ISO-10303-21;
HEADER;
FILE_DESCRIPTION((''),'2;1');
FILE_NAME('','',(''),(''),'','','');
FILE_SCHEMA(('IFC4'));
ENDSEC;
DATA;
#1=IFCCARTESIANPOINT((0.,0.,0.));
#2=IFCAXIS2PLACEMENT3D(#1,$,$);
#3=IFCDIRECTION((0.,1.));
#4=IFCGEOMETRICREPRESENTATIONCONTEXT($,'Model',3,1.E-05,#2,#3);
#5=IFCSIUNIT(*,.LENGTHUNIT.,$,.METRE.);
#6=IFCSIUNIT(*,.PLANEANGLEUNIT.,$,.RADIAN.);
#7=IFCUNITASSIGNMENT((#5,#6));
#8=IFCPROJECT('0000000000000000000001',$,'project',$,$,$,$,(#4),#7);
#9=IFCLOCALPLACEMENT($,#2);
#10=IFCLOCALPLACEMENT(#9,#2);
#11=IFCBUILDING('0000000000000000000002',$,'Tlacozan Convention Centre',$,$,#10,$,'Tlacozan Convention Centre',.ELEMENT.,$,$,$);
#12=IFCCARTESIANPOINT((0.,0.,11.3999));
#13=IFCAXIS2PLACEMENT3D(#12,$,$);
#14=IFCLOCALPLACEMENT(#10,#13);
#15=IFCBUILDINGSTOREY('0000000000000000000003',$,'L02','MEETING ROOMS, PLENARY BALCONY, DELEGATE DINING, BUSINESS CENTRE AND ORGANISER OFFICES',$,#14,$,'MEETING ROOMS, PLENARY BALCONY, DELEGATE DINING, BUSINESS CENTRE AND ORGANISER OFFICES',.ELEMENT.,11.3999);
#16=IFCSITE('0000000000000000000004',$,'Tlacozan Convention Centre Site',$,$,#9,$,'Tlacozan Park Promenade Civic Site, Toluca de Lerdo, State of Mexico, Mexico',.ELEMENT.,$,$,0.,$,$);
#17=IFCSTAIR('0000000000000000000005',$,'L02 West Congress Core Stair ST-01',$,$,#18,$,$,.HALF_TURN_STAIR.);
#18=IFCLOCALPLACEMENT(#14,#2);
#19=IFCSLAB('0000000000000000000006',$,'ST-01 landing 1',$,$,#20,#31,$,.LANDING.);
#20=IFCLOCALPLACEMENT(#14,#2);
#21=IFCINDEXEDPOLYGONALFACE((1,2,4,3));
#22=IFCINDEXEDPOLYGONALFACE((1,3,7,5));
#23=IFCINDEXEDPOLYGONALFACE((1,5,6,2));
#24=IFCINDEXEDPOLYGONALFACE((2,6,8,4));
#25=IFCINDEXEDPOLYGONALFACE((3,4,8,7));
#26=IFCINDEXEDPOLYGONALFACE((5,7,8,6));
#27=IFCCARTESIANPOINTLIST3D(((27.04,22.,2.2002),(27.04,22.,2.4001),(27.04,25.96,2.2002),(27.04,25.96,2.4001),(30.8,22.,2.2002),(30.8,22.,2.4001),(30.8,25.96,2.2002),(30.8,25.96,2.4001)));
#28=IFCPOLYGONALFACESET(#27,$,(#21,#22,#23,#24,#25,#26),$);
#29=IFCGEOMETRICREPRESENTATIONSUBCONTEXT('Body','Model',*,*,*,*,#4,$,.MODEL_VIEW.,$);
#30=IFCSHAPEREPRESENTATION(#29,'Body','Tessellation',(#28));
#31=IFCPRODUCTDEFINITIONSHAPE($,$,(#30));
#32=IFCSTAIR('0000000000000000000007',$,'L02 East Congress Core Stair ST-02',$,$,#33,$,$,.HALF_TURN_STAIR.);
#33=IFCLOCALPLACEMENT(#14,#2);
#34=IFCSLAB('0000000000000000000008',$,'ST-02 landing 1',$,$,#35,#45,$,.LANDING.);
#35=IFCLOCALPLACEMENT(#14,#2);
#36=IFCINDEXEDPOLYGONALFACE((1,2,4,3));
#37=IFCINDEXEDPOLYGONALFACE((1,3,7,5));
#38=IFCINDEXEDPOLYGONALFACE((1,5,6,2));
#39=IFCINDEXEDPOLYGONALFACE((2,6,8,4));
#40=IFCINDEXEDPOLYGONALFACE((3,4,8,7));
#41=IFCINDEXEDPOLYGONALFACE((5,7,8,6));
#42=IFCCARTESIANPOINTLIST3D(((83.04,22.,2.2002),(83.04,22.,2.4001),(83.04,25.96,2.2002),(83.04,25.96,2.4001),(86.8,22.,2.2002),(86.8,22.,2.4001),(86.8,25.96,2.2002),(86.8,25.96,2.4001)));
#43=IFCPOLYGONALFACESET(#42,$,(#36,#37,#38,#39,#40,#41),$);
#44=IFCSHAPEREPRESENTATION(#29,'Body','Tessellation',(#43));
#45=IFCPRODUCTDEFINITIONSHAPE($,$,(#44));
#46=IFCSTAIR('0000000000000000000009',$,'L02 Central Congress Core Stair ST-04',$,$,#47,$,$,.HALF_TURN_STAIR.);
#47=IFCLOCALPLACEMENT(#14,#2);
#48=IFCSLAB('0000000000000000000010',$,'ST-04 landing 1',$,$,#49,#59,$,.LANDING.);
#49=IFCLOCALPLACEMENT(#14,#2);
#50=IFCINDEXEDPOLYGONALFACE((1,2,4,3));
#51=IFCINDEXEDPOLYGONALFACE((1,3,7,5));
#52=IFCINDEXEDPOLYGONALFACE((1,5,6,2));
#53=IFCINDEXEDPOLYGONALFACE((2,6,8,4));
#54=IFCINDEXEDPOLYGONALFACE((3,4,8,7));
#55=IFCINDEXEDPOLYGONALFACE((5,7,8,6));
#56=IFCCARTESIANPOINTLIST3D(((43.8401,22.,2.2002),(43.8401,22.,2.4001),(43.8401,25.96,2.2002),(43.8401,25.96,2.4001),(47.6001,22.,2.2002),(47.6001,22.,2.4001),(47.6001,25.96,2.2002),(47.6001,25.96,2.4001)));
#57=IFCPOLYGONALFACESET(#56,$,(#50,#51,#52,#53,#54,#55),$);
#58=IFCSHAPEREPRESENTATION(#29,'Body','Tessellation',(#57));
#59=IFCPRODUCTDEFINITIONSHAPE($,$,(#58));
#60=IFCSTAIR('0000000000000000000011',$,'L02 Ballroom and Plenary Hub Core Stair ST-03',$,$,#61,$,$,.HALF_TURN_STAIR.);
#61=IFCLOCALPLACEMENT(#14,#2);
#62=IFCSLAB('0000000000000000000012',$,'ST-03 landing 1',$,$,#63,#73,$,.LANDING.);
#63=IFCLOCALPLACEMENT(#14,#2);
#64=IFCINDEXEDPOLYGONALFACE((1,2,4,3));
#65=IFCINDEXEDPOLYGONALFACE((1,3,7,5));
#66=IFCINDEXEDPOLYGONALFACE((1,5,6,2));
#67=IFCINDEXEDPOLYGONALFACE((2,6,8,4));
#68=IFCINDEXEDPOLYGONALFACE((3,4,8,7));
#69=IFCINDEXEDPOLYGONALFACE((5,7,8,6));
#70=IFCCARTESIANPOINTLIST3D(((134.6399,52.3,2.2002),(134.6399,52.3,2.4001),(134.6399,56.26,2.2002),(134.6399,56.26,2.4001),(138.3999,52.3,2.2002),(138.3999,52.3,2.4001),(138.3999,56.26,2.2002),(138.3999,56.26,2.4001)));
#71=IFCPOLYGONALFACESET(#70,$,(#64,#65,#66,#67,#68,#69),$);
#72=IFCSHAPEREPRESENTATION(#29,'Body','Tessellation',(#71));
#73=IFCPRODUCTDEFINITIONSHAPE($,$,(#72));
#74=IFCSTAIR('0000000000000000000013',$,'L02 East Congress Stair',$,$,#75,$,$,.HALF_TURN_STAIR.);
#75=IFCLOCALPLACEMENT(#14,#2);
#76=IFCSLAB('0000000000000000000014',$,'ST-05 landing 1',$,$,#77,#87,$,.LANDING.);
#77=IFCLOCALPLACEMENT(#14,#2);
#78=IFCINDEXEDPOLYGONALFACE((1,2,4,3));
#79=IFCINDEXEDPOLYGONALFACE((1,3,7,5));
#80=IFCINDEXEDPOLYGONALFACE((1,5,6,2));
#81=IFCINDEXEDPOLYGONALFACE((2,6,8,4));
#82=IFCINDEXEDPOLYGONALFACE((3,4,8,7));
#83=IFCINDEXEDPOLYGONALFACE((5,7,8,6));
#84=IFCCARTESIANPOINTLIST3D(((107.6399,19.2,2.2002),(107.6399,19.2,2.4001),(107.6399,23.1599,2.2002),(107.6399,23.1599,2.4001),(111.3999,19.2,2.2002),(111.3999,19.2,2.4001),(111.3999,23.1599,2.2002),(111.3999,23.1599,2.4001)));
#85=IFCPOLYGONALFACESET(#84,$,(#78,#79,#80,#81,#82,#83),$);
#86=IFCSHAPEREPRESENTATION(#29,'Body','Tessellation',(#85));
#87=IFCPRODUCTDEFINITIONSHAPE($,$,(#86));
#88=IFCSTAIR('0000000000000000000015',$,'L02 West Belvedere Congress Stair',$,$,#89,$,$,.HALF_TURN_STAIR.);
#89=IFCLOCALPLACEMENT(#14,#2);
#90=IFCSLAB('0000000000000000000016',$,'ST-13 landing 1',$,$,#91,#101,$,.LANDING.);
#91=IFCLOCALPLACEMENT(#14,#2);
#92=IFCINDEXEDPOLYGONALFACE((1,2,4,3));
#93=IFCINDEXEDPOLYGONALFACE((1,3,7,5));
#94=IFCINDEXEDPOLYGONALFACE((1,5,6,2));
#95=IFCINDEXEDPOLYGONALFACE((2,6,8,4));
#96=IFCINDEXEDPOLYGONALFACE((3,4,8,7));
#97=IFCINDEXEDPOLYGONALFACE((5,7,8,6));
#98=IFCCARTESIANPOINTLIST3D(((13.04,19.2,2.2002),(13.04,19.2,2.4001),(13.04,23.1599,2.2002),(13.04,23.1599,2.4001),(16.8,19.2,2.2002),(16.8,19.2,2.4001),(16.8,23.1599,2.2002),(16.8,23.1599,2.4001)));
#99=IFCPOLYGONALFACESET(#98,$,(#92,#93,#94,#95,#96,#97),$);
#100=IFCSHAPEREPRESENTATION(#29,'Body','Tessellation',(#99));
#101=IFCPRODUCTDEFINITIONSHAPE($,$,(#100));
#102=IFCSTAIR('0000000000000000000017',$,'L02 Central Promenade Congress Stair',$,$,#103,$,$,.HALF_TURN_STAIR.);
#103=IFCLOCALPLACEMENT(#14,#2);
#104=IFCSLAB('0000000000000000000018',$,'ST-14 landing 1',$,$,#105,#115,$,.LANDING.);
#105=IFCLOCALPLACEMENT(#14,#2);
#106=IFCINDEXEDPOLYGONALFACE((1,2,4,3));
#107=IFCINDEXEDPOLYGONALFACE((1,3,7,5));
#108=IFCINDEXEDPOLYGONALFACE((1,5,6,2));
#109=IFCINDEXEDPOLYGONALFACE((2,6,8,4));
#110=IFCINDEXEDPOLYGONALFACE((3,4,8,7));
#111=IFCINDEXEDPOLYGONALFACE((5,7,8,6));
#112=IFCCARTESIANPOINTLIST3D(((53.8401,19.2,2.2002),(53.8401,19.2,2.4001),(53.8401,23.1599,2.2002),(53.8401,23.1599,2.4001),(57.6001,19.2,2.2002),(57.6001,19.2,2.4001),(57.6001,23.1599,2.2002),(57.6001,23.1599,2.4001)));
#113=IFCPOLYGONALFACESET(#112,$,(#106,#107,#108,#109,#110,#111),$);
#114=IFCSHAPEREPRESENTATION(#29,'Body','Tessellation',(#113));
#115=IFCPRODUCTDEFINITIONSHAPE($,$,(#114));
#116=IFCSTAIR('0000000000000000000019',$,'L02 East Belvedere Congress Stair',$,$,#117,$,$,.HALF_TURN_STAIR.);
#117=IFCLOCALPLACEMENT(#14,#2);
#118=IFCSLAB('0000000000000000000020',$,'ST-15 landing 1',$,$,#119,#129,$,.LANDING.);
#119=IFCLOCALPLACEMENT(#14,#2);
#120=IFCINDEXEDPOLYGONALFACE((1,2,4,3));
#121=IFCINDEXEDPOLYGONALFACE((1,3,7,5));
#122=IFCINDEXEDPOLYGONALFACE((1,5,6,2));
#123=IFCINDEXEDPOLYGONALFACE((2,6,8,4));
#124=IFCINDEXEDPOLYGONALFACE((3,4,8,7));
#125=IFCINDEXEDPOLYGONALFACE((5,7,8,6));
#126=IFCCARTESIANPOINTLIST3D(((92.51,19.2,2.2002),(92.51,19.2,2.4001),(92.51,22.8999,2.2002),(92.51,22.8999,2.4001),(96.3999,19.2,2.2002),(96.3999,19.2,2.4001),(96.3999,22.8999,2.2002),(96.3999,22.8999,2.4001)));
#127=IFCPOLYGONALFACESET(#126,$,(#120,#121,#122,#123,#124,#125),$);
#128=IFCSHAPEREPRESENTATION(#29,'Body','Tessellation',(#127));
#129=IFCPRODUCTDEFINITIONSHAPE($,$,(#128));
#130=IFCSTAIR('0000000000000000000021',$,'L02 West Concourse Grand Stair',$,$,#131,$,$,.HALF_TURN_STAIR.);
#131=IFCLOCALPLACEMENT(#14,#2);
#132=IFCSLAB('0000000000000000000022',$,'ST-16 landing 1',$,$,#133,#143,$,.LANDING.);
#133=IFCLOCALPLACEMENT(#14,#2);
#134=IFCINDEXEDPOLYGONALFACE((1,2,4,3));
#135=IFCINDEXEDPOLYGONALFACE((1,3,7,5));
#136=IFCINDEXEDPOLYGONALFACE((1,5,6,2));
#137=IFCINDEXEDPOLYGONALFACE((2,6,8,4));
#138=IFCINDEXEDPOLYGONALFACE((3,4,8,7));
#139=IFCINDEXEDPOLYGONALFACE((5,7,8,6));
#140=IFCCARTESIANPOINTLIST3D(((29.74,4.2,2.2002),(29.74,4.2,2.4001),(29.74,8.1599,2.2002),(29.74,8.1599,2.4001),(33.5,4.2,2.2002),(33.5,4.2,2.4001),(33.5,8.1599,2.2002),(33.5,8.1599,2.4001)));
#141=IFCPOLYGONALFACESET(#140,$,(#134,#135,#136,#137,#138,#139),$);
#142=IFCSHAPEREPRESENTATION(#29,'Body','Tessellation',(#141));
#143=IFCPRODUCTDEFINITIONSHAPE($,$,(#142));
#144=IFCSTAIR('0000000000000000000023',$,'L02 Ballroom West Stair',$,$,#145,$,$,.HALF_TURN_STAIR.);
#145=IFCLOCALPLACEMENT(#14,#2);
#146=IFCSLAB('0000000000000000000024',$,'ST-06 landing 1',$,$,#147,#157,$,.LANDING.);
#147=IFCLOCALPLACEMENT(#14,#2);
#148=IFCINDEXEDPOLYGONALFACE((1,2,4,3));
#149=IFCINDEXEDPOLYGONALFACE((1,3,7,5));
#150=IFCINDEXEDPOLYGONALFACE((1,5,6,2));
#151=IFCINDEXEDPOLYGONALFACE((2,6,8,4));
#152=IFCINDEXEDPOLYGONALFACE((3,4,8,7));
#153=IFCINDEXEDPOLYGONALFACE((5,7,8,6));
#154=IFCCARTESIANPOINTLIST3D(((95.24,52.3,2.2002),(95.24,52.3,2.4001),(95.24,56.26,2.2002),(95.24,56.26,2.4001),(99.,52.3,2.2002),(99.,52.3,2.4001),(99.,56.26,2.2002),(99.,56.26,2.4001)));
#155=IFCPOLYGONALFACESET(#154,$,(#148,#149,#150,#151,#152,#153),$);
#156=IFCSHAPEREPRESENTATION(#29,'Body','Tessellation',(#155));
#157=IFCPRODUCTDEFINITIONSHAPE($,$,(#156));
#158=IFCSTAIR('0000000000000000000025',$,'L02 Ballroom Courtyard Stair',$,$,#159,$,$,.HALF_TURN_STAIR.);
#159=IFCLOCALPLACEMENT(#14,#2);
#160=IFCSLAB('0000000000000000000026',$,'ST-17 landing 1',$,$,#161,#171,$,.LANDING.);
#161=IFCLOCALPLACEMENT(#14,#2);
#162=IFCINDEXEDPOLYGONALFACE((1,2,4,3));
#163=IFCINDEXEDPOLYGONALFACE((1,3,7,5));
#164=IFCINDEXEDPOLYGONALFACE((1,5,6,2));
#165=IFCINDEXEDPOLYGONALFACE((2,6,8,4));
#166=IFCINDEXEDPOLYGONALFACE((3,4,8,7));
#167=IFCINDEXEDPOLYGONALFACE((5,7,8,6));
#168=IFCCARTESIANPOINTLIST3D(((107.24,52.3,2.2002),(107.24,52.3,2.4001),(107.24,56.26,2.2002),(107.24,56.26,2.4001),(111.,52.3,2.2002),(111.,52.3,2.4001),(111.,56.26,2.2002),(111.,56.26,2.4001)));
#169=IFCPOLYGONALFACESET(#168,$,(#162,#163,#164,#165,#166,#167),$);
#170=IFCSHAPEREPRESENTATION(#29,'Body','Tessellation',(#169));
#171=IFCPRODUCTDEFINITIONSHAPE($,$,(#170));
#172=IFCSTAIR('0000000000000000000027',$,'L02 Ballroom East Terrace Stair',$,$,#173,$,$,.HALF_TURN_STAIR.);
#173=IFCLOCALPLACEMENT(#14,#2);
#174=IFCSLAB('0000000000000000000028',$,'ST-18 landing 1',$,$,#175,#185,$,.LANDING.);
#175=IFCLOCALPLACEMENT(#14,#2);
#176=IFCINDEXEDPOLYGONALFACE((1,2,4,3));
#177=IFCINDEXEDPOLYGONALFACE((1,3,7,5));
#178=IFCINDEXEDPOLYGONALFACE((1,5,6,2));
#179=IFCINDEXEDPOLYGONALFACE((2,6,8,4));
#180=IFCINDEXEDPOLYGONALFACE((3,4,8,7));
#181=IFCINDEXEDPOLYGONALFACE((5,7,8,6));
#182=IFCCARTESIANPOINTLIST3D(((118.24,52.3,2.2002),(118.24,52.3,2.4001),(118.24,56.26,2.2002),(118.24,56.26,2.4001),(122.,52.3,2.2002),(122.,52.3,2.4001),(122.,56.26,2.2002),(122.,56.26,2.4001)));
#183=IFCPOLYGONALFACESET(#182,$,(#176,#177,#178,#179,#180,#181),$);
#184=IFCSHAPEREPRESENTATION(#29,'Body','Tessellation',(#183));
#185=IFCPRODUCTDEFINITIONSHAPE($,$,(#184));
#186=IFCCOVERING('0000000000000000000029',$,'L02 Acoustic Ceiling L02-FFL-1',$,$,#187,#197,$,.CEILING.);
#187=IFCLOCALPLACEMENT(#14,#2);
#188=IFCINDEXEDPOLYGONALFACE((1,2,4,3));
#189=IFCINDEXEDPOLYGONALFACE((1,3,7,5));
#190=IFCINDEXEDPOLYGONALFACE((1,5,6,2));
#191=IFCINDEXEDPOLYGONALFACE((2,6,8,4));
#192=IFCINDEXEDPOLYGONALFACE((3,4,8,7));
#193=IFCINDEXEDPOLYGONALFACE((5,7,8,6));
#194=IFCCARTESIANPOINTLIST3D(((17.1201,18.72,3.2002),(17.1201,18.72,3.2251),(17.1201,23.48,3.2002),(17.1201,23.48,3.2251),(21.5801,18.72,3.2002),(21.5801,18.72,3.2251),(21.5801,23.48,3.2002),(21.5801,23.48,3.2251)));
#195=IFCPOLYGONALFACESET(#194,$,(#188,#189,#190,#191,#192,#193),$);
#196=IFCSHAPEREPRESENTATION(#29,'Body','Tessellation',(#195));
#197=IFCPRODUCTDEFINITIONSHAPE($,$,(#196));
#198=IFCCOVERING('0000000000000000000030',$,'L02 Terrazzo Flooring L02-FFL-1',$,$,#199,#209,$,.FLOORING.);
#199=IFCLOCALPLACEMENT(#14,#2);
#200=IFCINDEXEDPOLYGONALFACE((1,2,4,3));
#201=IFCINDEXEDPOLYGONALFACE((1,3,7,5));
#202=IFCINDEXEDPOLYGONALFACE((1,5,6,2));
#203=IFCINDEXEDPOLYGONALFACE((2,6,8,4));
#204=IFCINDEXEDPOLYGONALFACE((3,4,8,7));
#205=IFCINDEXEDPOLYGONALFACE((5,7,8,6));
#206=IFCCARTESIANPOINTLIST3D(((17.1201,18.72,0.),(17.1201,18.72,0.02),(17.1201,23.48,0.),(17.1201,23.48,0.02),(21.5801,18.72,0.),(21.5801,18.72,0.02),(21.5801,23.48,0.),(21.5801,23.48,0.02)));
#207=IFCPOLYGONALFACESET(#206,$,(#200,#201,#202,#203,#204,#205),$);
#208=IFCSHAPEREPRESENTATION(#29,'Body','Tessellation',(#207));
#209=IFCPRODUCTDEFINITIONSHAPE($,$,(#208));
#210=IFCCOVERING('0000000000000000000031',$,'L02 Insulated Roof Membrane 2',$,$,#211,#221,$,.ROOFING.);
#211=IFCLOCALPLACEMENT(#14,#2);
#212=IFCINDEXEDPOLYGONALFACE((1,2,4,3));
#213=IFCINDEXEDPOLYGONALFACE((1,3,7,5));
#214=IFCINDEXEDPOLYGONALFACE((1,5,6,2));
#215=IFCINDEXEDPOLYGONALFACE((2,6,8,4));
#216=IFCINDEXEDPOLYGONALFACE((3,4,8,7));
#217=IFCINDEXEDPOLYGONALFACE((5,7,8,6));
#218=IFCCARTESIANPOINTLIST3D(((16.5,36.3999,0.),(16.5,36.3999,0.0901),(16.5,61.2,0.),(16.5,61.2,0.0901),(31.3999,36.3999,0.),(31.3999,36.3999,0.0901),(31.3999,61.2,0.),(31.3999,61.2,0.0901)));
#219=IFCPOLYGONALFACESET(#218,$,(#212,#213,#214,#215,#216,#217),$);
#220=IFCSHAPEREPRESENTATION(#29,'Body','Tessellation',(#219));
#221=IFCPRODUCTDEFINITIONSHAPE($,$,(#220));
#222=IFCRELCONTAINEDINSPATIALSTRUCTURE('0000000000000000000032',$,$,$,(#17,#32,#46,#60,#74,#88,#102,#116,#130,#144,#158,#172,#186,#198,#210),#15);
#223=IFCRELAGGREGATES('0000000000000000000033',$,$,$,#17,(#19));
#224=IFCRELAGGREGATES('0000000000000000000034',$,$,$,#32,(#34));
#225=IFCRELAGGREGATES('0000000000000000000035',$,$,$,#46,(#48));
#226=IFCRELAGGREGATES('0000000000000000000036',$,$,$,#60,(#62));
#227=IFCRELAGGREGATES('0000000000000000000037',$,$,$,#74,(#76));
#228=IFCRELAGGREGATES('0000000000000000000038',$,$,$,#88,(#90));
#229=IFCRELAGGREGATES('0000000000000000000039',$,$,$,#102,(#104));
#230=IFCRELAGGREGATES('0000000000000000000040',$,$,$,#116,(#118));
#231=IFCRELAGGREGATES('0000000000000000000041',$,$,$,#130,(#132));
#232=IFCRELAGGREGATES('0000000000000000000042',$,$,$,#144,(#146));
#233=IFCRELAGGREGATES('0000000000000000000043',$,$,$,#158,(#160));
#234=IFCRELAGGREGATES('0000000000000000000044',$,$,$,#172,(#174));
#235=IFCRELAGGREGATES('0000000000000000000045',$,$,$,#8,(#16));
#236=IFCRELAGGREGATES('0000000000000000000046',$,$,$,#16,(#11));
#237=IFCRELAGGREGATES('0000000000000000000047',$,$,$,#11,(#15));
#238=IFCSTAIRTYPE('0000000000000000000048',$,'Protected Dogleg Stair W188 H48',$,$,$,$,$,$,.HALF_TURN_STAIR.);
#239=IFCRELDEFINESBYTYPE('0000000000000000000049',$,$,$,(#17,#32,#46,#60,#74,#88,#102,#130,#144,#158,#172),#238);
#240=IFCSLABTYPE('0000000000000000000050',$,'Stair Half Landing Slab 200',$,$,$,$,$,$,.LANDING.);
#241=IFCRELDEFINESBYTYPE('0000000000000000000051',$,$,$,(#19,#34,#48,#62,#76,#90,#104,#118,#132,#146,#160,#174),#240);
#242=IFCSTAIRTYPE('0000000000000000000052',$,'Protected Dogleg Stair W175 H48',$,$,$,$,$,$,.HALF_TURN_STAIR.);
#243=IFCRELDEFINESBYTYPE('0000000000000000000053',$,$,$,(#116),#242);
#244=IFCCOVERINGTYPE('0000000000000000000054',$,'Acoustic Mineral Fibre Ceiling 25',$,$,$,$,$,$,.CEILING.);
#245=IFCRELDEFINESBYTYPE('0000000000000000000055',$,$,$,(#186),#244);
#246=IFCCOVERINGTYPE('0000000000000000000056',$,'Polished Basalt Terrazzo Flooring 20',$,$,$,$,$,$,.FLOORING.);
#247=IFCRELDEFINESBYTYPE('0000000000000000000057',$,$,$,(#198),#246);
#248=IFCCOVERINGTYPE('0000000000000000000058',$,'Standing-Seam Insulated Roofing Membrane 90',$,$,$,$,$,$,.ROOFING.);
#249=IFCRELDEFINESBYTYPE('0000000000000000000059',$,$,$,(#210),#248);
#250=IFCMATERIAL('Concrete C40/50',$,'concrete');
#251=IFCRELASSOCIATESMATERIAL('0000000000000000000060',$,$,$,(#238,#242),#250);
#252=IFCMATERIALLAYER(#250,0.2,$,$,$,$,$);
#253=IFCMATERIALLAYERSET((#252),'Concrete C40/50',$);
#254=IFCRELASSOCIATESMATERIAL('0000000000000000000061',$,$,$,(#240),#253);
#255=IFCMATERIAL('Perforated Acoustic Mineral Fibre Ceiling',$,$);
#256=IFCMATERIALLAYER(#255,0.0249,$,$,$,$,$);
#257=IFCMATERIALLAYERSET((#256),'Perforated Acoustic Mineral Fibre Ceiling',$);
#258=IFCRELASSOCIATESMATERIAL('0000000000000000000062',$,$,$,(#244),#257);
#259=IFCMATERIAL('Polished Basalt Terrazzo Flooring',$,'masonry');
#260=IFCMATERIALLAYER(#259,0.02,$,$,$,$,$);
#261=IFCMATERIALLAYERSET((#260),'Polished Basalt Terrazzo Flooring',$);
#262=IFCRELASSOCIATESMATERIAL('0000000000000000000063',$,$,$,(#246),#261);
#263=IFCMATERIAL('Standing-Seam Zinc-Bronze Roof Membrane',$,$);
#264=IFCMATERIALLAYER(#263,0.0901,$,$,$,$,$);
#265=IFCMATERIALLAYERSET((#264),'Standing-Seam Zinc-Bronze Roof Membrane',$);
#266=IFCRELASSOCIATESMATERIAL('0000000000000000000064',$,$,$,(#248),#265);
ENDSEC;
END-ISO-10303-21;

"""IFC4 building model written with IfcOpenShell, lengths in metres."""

from ifc_helpers import new_model, si_unit, direction, frame, origin, place, context, subcontext, project, spatial, polyline, outline, extrude, material, layer, layer_set, type_object, element, aggregate, save


model = new_model("IFC4")

# Units and contexts
model_context = context("Model", 3, precision=1e-05, world=origin(), true_north=direction((0.0, 1.0)))
body_context = subcontext(model_context, "Body", "Model", "MODEL_VIEW")
ifc_project = project(units=[si_unit("LENGTHUNIT", "METRE"), si_unit("PLANEANGLEUNIT", "RADIAN")], contexts=[model_context])

# Site, building, storey
site_placement = place(None, origin())
site = spatial("IfcSite", under=ifc_project, at=site_placement, Name="Tlacozan Convention Centre Site", LongName="Tlacozan Park Promenade Civic Site, Toluca de Lerdo, State of Mexico, Mexico", CompositionType="ELEMENT", RefElevation=0.0)
building_placement = place(site_placement, origin())
building = spatial("IfcBuilding", under=site, at=building_placement, Name="Tlacozan Convention Centre", LongName="Tlacozan Convention Centre", CompositionType="ELEMENT")
storey_placement = place(building_placement, frame((0.0, 0.0, 11.3999)))
storey = spatial("IfcBuildingStorey", under=building, at=storey_placement, Name="L02", Description="MEETING ROOMS, PLENARY BALCONY, DELEGATE DINING, BUSINESS CENTRE AND ORGANISER OFFICES", LongName="MEETING ROOMS, PLENARY BALCONY, DELEGATE DINING, BUSINESS CENTRE AND ORGANISER OFFICES", CompositionType="ELEMENT", Elevation=11.3999)

# Stairs, slabs
ifc_material_1 = material(Name="Concrete C40/50", Category="concrete")
stair_type_1 = type_object("IfcStairType", Name="Protected Dogleg Stair W188 H48", PredefinedType="HALF_TURN_STAIR", material=ifc_material_1)
stair_1_placement = place(storey_placement, origin())
stair_1 = element("IfcStair", 1, at=stair_1_placement, inside=storey, type_object=stair_type_1, Name="L02 West Congress Core Stair ST-01", PredefinedType="HALF_TURN_STAIR")
ifc_layer_1 = layer(ifc_material_1, 0.2)
ifc_layer_set_1 = layer_set([ifc_layer_1], Name="Concrete C40/50")
slab_type = type_object("IfcSlabType", Name="Stair Half Landing Slab 200", PredefinedType="LANDING", material=ifc_layer_set_1)
slab_1_placement = place(storey_placement, frame((0.0, 0.0, 2.2002)))
slab_1 = element("IfcSlab", 2, at=slab_1_placement, type_object=slab_type, Name="ST-01 landing 1", PredefinedType="LANDING", context=body_context, shape_type="SweptSolid", body=[
    extrude(outline(polyline([(27.04, 22.0), (30.8, 22.0), (30.8, 25.96), (27.04, 25.96), (27.04, 22.0)])), origin(), (0.0, 0.0, 1.0), 0.2),
])
aggregate(stair_1, [slab_1])
stair_2_placement = place(storey_placement, origin())
stair_2 = element("IfcStair", 3, at=stair_2_placement, inside=storey, type_object=stair_type_1, Name="L02 East Congress Core Stair ST-02", PredefinedType="HALF_TURN_STAIR")
slab_2_placement = place(storey_placement, frame((0.0, 0.0, 2.2002)))
slab_2 = element("IfcSlab", 4, at=slab_2_placement, type_object=slab_type, Name="ST-02 landing 1", PredefinedType="LANDING", context=body_context, shape_type="SweptSolid", body=[
    extrude(outline(polyline([(83.04, 22.0), (86.8, 22.0), (86.8, 25.96), (83.04, 25.96), (83.04, 22.0)])), origin(), (0.0, 0.0, 1.0), 0.2),
])
aggregate(stair_2, [slab_2])
stair_3_placement = place(storey_placement, origin())
stair_3 = element("IfcStair", 5, at=stair_3_placement, inside=storey, type_object=stair_type_1, Name="L02 Central Congress Core Stair ST-04", PredefinedType="HALF_TURN_STAIR")
slab_3_placement = place(storey_placement, frame((0.0, 0.0, 2.2002)))
slab_3 = element("IfcSlab", 6, at=slab_3_placement, type_object=slab_type, Name="ST-04 landing 1", PredefinedType="LANDING", context=body_context, shape_type="SweptSolid", body=[
    extrude(outline(polyline([(43.8401, 22.0), (47.6001, 22.0), (47.6001, 25.96), (43.8401, 25.96), (43.8401, 22.0)])), origin(), (0.0, 0.0, 1.0), 0.2),
])
aggregate(stair_3, [slab_3])
stair_4_placement = place(storey_placement, origin())
stair_4 = element("IfcStair", 7, at=stair_4_placement, inside=storey, type_object=stair_type_1, Name="L02 Ballroom and Plenary Hub Core Stair ST-03", PredefinedType="HALF_TURN_STAIR")
slab_4_placement = place(storey_placement, frame((0.0, 0.0, 2.2002)))
slab_4 = element("IfcSlab", 8, at=slab_4_placement, type_object=slab_type, Name="ST-03 landing 1", PredefinedType="LANDING", context=body_context, shape_type="SweptSolid", body=[
    extrude(outline(polyline([(134.6399, 52.3), (138.3999, 52.3), (138.3999, 56.26), (134.6399, 56.26), (134.6399, 52.3)])), origin(), (0.0, 0.0, 1.0), 0.2),
])
aggregate(stair_4, [slab_4])
stair_5_placement = place(storey_placement, origin())
stair_5 = element("IfcStair", 9, at=stair_5_placement, inside=storey, type_object=stair_type_1, Name="L02 East Congress Stair", PredefinedType="HALF_TURN_STAIR")
slab_5_placement = place(storey_placement, frame((0.0, 0.0, 2.2002)))
slab_5 = element("IfcSlab", 10, at=slab_5_placement, type_object=slab_type, Name="ST-05 landing 1", PredefinedType="LANDING", context=body_context, shape_type="SweptSolid", body=[
    extrude(outline(polyline([(107.6399, 19.2), (111.3999, 19.2), (111.3999, 23.1599), (107.6399, 23.1599), (107.6399, 19.2)])), origin(), (0.0, 0.0, 1.0), 0.2),
])
aggregate(stair_5, [slab_5])
stair_6_placement = place(storey_placement, origin())
stair_6 = element("IfcStair", 11, at=stair_6_placement, inside=storey, type_object=stair_type_1, Name="L02 West Belvedere Congress Stair", PredefinedType="HALF_TURN_STAIR")
slab_6_placement = place(storey_placement, frame((0.0, 0.0, 2.2002)))
slab_6 = element("IfcSlab", 12, at=slab_6_placement, type_object=slab_type, Name="ST-13 landing 1", PredefinedType="LANDING", context=body_context, shape_type="SweptSolid", body=[
    extrude(outline(polyline([(13.04, 19.2), (16.8, 19.2), (16.8, 23.1599), (13.04, 23.1599), (13.04, 19.2)])), origin(), (0.0, 0.0, 1.0), 0.2),
])
aggregate(stair_6, [slab_6])
stair_7_placement = place(storey_placement, origin())
stair_7 = element("IfcStair", 13, at=stair_7_placement, inside=storey, type_object=stair_type_1, Name="L02 Central Promenade Congress Stair", PredefinedType="HALF_TURN_STAIR")
slab_7_placement = place(storey_placement, frame((0.0, 0.0, 2.2002)))
slab_7 = element("IfcSlab", 14, at=slab_7_placement, type_object=slab_type, Name="ST-14 landing 1", PredefinedType="LANDING", context=body_context, shape_type="SweptSolid", body=[
    extrude(outline(polyline([(53.8401, 19.2), (57.6001, 19.2), (57.6001, 23.1599), (53.8401, 23.1599), (53.8401, 19.2)])), origin(), (0.0, 0.0, 1.0), 0.2),
])
aggregate(stair_7, [slab_7])
stair_type_2 = type_object("IfcStairType", Name="Protected Dogleg Stair W175 H48", PredefinedType="HALF_TURN_STAIR", material=ifc_material_1)
stair_8_placement = place(storey_placement, origin())
stair_8 = element("IfcStair", 15, at=stair_8_placement, inside=storey, type_object=stair_type_2, Name="L02 East Belvedere Congress Stair", PredefinedType="HALF_TURN_STAIR")
slab_8_placement = place(storey_placement, frame((0.0, 0.0, 2.2002)))
slab_8 = element("IfcSlab", 16, at=slab_8_placement, type_object=slab_type, Name="ST-15 landing 1", PredefinedType="LANDING", context=body_context, shape_type="SweptSolid", body=[
    extrude(outline(polyline([(92.51, 19.2), (96.3999, 19.2), (96.3999, 22.8999), (92.51, 22.8999), (92.51, 19.2)])), origin(), (0.0, 0.0, 1.0), 0.2),
])
aggregate(stair_8, [slab_8])
stair_9_placement = place(storey_placement, origin())
stair_9 = element("IfcStair", 17, at=stair_9_placement, inside=storey, type_object=stair_type_1, Name="L02 West Concourse Grand Stair", PredefinedType="HALF_TURN_STAIR")
slab_9_placement = place(storey_placement, frame((0.0, 0.0, 2.2002)))
slab_9 = element("IfcSlab", 18, at=slab_9_placement, type_object=slab_type, Name="ST-16 landing 1", PredefinedType="LANDING", context=body_context, shape_type="SweptSolid", body=[
    extrude(outline(polyline([(29.74, 4.2), (33.5, 4.2), (33.5, 8.1599), (29.74, 8.1599), (29.74, 4.2)])), origin(), (0.0, 0.0, 1.0), 0.2),
])
aggregate(stair_9, [slab_9])
stair_10_placement = place(storey_placement, origin())
stair_10 = element("IfcStair", 19, at=stair_10_placement, inside=storey, type_object=stair_type_1, Name="L02 Ballroom West Stair", PredefinedType="HALF_TURN_STAIR")
slab_10_placement = place(storey_placement, frame((0.0, 0.0, 2.2002)))
slab_10 = element("IfcSlab", 20, at=slab_10_placement, type_object=slab_type, Name="ST-06 landing 1", PredefinedType="LANDING", context=body_context, shape_type="SweptSolid", body=[
    extrude(outline(polyline([(95.24, 52.3), (99.0, 52.3), (99.0, 56.26), (95.24, 56.26), (95.24, 52.3)])), origin(), (0.0, 0.0, 1.0), 0.2),
])
aggregate(stair_10, [slab_10])
stair_11_placement = place(storey_placement, origin())
stair_11 = element("IfcStair", 21, at=stair_11_placement, inside=storey, type_object=stair_type_1, Name="L02 Ballroom Courtyard Stair", PredefinedType="HALF_TURN_STAIR")
slab_11_placement = place(storey_placement, frame((0.0, 0.0, 2.2002)))
slab_11 = element("IfcSlab", 22, at=slab_11_placement, type_object=slab_type, Name="ST-17 landing 1", PredefinedType="LANDING", context=body_context, shape_type="SweptSolid", body=[
    extrude(outline(polyline([(107.24, 52.3), (111.0, 52.3), (111.0, 56.26), (107.24, 56.26), (107.24, 52.3)])), origin(), (0.0, 0.0, 1.0), 0.2),
])
aggregate(stair_11, [slab_11])
stair_12_placement = place(storey_placement, origin())
stair_12 = element("IfcStair", 23, at=stair_12_placement, inside=storey, type_object=stair_type_1, Name="L02 Ballroom East Terrace Stair", PredefinedType="HALF_TURN_STAIR")
slab_12_placement = place(storey_placement, frame((0.0, 0.0, 2.2002)))
slab_12 = element("IfcSlab", 24, at=slab_12_placement, type_object=slab_type, Name="ST-18 landing 1", PredefinedType="LANDING", context=body_context, shape_type="SweptSolid", body=[
    extrude(outline(polyline([(118.24, 52.3), (122.0, 52.3), (122.0, 56.26), (118.24, 56.26), (118.24, 52.3)])), origin(), (0.0, 0.0, 1.0), 0.2),
])
aggregate(stair_12, [slab_12])

# Coverings
ifc_material_2 = material(Name="Perforated Acoustic Mineral Fibre Ceiling")
ifc_layer_2 = layer(ifc_material_2, 0.0249)
ifc_layer_set_2 = layer_set([ifc_layer_2], Name="Perforated Acoustic Mineral Fibre Ceiling")
covering_type_1 = type_object("IfcCoveringType", Name="Acoustic Mineral Fibre Ceiling 25", PredefinedType="CEILING", material=ifc_layer_set_2)
covering_1_placement = place(storey_placement, frame((0.0, 0.0, 3.2002)))
element("IfcCovering", 25, at=covering_1_placement, inside=storey, type_object=covering_type_1, Name="L02 Acoustic Ceiling L02-FFL-1", PredefinedType="CEILING", context=body_context, shape_type="SweptSolid", body=[
    extrude(outline(polyline([(17.1201, 18.72), (21.5801, 18.72), (21.5801, 23.48), (17.1201, 23.48), (17.1201, 18.72)])), origin(), (0.0, 0.0, 1.0), 0.0249),
])
ifc_material_3 = material(Name="Polished Basalt Terrazzo Flooring", Category="masonry")
ifc_layer_3 = layer(ifc_material_3, 0.02)
ifc_layer_set_3 = layer_set([ifc_layer_3], Name="Polished Basalt Terrazzo Flooring")
covering_type_2 = type_object("IfcCoveringType", Name="Polished Basalt Terrazzo Flooring 20", PredefinedType="FLOORING", material=ifc_layer_set_3)
covering_2_placement = place(storey_placement, origin())
element("IfcCovering", 26, at=covering_2_placement, inside=storey, type_object=covering_type_2, Name="L02 Terrazzo Flooring L02-FFL-1", PredefinedType="FLOORING", context=body_context, shape_type="SweptSolid", body=[
    extrude(outline(polyline([(17.1201, 18.72), (21.5801, 18.72), (21.5801, 23.48), (17.1201, 23.48), (17.1201, 18.72)])), origin(), (0.0, 0.0, 1.0), 0.02),
])
ifc_material_4 = material(Name="Standing-Seam Zinc-Bronze Roof Membrane")
ifc_layer_4 = layer(ifc_material_4, 0.0901)
ifc_layer_set_4 = layer_set([ifc_layer_4], Name="Standing-Seam Zinc-Bronze Roof Membrane")
covering_type_3 = type_object("IfcCoveringType", Name="Standing-Seam Insulated Roofing Membrane 90", PredefinedType="ROOFING", material=ifc_layer_set_4)
covering_3_placement = place(storey_placement, origin())
element("IfcCovering", 27, at=covering_3_placement, inside=storey, type_object=covering_type_3, Name="L02 Insulated Roof Membrane 2", PredefinedType="ROOFING", context=body_context, shape_type="SweptSolid", body=[
    extrude(outline(polyline([(16.5, 36.3999), (31.3999, 36.3999), (31.3999, 61.2), (16.5, 61.2), (16.5, 36.3999)])), origin(), (0.0, 0.0, 1.0), 0.0901),
])

save(model, "model.ifc")
